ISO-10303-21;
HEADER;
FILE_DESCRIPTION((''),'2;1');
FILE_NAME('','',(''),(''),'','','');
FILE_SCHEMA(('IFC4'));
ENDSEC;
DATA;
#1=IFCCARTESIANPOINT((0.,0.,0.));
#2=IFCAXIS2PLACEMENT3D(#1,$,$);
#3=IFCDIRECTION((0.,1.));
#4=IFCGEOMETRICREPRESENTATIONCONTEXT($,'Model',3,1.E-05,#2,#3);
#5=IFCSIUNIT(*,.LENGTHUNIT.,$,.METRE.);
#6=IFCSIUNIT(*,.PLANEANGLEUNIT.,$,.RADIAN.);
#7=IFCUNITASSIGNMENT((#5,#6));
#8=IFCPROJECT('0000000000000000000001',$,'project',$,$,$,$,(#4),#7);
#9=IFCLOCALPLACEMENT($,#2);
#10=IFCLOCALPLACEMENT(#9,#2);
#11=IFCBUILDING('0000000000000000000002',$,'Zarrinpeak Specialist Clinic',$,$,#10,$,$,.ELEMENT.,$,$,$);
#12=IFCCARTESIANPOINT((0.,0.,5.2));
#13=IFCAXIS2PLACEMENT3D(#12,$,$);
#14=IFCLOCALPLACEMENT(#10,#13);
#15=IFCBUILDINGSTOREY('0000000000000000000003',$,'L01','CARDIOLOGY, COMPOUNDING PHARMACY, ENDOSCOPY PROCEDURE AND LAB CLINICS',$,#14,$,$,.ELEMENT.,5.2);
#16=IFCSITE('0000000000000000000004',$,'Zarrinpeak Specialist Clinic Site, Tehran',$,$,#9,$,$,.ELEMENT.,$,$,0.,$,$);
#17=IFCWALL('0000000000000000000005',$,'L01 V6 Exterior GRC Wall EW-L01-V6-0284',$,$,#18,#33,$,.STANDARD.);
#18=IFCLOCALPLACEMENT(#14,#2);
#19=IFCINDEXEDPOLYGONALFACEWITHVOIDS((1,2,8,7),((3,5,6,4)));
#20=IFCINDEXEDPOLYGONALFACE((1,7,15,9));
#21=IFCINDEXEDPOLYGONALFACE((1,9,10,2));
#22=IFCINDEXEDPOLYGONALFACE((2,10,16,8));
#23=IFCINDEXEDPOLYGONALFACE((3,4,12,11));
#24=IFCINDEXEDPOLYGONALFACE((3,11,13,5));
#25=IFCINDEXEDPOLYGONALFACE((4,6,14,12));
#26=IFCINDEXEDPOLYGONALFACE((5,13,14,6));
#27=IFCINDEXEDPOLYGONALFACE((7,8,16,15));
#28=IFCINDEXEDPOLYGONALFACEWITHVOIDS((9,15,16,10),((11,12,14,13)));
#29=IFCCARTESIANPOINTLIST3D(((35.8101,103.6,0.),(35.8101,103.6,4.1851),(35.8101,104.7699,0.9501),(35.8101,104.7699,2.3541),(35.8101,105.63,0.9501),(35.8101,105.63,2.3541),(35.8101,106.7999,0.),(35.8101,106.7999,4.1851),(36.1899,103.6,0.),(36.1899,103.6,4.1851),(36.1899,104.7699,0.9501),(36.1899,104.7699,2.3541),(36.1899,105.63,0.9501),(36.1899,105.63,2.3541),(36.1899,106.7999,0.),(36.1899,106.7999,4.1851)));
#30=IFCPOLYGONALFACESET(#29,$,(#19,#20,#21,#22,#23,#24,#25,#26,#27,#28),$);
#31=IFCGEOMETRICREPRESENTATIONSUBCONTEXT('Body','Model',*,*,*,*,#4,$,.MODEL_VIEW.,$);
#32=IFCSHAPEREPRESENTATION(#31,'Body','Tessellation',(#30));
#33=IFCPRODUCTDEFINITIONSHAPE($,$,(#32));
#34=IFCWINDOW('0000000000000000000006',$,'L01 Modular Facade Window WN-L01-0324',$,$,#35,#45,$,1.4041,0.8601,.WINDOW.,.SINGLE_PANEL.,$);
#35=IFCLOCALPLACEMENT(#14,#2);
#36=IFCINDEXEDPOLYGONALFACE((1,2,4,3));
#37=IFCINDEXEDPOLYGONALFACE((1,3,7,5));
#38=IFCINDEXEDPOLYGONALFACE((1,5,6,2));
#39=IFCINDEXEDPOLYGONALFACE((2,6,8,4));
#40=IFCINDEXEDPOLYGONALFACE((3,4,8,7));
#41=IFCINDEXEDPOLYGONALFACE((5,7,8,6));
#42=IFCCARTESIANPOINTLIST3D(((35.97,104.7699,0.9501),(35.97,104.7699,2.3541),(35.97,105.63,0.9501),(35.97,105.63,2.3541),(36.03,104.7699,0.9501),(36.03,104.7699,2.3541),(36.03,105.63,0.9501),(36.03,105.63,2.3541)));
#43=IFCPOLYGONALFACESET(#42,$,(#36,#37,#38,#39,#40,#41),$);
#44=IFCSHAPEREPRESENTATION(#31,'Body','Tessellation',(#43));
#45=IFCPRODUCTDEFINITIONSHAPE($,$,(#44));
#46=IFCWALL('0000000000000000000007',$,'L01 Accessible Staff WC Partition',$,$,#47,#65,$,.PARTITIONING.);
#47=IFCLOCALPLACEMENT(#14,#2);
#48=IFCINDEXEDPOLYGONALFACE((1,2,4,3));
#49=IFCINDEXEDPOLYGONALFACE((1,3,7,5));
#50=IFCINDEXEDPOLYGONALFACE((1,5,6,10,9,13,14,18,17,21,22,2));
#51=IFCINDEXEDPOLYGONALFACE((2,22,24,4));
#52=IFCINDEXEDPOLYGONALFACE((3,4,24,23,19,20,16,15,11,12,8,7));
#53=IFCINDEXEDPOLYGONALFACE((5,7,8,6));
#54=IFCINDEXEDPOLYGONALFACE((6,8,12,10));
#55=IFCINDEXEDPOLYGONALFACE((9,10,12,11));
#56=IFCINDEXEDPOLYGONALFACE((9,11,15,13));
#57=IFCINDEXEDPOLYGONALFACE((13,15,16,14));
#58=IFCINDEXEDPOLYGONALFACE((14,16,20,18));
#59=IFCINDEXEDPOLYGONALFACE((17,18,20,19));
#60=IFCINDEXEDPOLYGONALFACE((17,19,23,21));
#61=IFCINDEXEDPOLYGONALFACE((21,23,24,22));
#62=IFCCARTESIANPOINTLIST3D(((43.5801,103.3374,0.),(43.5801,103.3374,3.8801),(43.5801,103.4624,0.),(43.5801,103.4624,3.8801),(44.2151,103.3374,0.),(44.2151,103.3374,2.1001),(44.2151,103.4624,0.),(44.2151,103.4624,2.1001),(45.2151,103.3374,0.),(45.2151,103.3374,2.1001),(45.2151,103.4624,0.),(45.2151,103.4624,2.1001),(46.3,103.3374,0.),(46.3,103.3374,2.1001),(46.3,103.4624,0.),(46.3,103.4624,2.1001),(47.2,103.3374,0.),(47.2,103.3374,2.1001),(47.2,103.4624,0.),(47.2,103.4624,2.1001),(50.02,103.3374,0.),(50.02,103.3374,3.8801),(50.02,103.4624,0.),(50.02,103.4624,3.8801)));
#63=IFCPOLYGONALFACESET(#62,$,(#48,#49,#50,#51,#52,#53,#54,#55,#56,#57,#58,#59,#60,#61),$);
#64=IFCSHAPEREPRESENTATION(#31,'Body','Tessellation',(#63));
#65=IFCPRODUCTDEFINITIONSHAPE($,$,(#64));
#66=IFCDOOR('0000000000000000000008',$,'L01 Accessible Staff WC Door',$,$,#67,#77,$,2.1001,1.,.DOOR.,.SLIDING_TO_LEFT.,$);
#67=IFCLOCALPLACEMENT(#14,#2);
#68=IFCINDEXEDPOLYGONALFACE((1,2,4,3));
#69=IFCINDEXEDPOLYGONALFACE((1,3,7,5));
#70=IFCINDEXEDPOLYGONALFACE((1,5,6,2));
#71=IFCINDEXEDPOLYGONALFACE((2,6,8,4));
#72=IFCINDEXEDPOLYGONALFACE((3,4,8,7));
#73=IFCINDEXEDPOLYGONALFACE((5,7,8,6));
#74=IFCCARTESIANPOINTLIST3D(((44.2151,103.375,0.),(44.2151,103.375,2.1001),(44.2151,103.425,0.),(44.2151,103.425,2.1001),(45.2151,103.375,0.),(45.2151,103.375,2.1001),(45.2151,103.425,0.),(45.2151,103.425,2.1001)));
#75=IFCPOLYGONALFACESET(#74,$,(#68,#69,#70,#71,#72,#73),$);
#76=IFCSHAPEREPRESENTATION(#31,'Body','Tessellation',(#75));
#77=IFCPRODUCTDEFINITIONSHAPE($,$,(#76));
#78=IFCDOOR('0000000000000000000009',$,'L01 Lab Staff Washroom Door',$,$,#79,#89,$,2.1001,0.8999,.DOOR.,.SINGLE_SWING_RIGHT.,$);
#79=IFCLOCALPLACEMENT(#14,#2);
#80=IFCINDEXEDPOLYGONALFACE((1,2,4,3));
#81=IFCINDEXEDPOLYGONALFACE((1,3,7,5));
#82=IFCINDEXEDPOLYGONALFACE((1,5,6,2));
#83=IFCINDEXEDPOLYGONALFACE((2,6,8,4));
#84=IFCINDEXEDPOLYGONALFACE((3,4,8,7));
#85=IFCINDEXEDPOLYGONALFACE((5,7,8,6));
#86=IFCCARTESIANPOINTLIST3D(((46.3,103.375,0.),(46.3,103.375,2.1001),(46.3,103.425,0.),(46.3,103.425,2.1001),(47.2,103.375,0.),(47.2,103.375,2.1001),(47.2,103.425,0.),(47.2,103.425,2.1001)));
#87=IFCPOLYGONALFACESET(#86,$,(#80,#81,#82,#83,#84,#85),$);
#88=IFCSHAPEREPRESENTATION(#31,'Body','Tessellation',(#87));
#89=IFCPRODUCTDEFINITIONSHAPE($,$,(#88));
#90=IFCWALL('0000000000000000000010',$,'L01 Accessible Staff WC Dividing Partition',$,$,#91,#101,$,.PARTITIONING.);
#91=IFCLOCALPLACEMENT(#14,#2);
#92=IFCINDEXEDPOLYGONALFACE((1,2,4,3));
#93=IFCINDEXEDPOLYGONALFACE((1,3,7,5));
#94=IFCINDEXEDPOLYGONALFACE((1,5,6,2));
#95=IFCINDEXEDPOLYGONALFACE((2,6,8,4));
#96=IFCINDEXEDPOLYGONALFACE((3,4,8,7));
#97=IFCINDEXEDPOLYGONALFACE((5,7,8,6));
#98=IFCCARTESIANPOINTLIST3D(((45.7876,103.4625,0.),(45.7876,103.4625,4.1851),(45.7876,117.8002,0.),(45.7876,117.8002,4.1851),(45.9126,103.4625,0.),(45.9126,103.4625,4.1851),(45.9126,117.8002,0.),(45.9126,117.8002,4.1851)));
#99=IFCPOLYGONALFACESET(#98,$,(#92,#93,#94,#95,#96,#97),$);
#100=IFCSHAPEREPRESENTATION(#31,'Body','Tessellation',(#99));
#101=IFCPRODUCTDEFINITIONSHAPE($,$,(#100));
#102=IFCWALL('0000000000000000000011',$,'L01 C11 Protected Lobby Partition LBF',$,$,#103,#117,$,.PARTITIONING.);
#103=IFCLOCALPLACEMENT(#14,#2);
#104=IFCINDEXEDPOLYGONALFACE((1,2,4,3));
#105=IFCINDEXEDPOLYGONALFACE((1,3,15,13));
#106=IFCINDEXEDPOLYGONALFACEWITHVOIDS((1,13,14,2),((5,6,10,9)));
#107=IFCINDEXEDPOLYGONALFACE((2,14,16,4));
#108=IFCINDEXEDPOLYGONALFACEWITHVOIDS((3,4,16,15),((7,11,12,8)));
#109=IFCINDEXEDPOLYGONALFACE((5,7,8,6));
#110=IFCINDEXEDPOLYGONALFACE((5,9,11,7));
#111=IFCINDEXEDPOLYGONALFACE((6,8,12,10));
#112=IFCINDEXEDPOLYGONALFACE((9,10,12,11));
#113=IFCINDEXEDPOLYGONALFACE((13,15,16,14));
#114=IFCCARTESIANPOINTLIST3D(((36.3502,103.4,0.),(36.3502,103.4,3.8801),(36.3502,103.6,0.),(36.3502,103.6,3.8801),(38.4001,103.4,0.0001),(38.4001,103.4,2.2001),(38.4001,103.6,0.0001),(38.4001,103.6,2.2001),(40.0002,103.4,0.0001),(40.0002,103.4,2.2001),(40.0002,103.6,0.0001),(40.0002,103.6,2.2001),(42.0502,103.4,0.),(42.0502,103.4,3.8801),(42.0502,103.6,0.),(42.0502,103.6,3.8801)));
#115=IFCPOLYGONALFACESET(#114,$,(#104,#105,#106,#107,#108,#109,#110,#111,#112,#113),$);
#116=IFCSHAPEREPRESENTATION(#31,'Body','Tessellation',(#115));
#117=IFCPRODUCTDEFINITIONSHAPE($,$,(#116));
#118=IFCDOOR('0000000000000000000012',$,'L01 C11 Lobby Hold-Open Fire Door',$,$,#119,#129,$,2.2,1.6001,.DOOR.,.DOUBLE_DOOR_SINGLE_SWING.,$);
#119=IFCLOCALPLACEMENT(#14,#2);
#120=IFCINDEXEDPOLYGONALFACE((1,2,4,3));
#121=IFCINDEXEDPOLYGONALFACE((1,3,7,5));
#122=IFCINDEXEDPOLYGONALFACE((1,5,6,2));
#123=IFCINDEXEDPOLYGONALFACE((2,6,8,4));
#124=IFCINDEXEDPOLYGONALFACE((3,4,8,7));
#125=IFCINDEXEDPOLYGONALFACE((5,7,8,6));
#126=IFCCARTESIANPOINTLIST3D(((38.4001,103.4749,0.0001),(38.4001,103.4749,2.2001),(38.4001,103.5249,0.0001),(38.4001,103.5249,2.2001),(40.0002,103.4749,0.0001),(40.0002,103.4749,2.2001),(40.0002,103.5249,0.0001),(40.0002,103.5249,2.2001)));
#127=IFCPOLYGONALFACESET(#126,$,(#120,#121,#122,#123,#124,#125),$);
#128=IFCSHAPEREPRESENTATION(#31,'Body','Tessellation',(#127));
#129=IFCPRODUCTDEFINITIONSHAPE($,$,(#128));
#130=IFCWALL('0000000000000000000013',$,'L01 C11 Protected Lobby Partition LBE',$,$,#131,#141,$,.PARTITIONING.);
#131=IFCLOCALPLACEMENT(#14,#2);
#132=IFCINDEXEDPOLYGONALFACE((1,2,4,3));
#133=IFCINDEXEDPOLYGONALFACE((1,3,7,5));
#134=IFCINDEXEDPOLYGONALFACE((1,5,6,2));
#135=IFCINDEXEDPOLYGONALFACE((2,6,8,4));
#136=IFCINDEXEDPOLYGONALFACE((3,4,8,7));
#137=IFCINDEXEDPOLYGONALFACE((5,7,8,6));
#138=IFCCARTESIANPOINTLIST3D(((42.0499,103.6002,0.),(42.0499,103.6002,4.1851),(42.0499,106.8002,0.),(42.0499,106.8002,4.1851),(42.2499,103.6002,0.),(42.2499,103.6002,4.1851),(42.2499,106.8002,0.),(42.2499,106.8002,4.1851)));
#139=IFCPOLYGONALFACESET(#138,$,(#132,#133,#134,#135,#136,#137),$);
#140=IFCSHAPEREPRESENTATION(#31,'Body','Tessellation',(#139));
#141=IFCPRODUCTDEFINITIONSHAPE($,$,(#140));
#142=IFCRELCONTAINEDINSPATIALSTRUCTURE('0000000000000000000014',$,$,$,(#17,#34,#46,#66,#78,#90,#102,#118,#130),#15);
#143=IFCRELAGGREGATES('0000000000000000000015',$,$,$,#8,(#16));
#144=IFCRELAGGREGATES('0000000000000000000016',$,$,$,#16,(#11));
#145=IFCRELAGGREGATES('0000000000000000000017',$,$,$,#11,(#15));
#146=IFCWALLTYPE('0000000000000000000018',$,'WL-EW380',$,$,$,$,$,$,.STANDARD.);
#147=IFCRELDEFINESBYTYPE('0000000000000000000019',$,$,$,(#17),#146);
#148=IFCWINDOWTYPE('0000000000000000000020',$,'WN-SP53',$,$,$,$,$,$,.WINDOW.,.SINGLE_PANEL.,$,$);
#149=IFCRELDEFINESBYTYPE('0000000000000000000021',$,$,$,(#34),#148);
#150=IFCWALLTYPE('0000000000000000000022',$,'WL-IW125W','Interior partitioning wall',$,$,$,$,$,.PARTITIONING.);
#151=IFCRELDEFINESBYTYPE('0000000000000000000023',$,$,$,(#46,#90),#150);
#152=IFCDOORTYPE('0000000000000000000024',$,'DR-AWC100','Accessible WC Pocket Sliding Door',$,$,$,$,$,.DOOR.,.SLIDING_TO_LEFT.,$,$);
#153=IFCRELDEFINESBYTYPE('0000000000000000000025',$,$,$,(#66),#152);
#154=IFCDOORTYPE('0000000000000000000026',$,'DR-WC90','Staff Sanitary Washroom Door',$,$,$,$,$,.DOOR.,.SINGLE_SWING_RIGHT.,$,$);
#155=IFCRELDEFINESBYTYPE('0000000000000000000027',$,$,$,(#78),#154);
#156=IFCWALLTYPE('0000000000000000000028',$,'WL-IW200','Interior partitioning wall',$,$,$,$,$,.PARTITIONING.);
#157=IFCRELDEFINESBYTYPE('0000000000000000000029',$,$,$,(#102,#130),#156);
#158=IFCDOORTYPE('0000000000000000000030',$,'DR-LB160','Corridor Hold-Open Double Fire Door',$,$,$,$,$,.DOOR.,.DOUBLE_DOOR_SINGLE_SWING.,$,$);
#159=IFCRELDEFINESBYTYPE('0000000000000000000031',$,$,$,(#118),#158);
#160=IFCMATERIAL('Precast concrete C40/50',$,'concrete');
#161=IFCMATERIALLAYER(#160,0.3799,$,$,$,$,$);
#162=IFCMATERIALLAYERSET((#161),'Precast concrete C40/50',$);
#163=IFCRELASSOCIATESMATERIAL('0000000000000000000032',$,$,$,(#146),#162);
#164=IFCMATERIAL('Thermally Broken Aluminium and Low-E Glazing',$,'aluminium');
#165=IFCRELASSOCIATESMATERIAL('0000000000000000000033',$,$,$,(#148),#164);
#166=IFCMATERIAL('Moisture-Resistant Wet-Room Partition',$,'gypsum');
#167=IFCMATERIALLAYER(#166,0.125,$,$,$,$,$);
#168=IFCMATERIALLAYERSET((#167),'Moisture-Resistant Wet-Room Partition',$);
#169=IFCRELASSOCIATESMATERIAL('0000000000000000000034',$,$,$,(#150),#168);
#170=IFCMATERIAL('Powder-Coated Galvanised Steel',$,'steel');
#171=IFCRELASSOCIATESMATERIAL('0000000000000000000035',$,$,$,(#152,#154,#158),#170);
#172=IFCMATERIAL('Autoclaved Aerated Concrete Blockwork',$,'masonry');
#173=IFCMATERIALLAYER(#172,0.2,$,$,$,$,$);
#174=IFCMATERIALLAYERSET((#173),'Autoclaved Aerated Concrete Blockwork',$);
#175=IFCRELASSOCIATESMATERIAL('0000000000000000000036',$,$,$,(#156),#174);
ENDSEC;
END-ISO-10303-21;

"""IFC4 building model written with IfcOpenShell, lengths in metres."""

from ifc_helpers import new_model, si_unit, direction, frame, frame_2d, origin, place, context, subcontext, project, spatial, rectangle, extrude, material, layer, layer_set, type_object, element, fill, save


model = new_model("IFC4")

# Units and contexts
model_context = context("Model", 3, precision=1e-05, world=origin(), true_north=direction((0.0, 1.0)))
body_context = subcontext(model_context, "Body", "Model", "MODEL_VIEW")
ifc_project = project(units=[si_unit("LENGTHUNIT", "METRE"), si_unit("PLANEANGLEUNIT", "RADIAN")], contexts=[model_context])

# Site, building, storey
site_placement = place(None, origin())
site = spatial("IfcSite", under=ifc_project, at=site_placement, Name="Zarrinpeak Specialist Clinic Site, Tehran", CompositionType="ELEMENT", RefElevation=0.0)
building_placement = place(site_placement, origin())
building = spatial("IfcBuilding", under=site, at=building_placement, Name="Zarrinpeak Specialist Clinic", CompositionType="ELEMENT")
storey_placement = place(building_placement, frame((0.0, 0.0, 5.2)))
storey = spatial("IfcBuildingStorey", under=building, at=storey_placement, Name="L01", Description="CARDIOLOGY, COMPOUNDING PHARMACY, ENDOSCOPY PROCEDURE AND LAB CLINICS", CompositionType="ELEMENT", Elevation=5.2)

# Shared definitions
ifc_material_1 = material(Name="Powder-Coated Galvanised Steel", Category="steel")

# Wall, opening, window
ifc_material_2 = material(Name="Precast concrete C40/50", Category="concrete")
ifc_layer_1 = layer(ifc_material_2, 0.3799)
ifc_layer_set_1 = layer_set([ifc_layer_1], Name="Precast concrete C40/50")
wall_type_1 = type_object("IfcWallType", Name="WL-EW380", PredefinedType="STANDARD", material=ifc_layer_set_1)
wall_1_placement = place(storey_placement, frame((36.0, 106.8, 0.0), z_axis=(0.0, 0.0, 1.0), x_axis=(0.0, -1.0, 0.0)))
wall_1 = element("IfcWall", 1, at=wall_1_placement, inside=storey, type_object=wall_type_1, Name="L01 V6 Exterior GRC Wall EW-L01-V6-0284", PredefinedType="STANDARD", context=body_context, shape_type="SweptSolid", body=[
    extrude(rectangle(XDim=3.2, YDim=0.3799, at=frame_2d((1.6001, 0.0))), origin(), (0.0, 0.0, 1.0), 4.1851),
])
opening_1_placement = place(wall_1_placement, frame((1.1699, 0.0, 0.95)))
opening_1 = element("IfcOpeningElement", 2, at=opening_1_placement, cuts=wall_1, PredefinedType="OPENING", context=body_context, shape_type="SweptSolid", body=[
    extrude(rectangle(XDim=0.8601, YDim=1.4041, at=frame_2d((0.4302, 0.7021))), frame((0.0, 0.2, 0.0), z_axis=(0.0, -1.0, 0.0), x_axis=(1.0, 0.0, 0.0)), (0.0, 0.0, 1.0), 0.3999),
])
ifc_material_3 = material(Name="Thermally Broken Aluminium and Low-E Glazing", Category="aluminium")
window_type = type_object("IfcWindowType", Name="WN-SP53", PartitioningType="SINGLE_PANEL", PredefinedType="WINDOW", material=ifc_material_3)
window_placement = place(opening_1_placement, origin())
window = element("IfcWindow", 3, at=window_placement, inside=storey, type_object=window_type, Name="L01 Modular Facade Window WN-L01-0324", OverallHeight=1.4041, OverallWidth=0.8601, PartitioningType="SINGLE_PANEL", PredefinedType="WINDOW", context=body_context, shape_type="SweptSolid", body=[
    extrude(rectangle(XDim=0.8601, YDim=1.4041, at=frame_2d((0.4302, 0.7021))), frame((0.0, 0.03, 0.0), z_axis=(0.0, -1.0, 0.0), x_axis=(1.0, 0.0, 0.0)), (0.0, 0.0, 1.0), 0.0601),
])
fill(opening_1, window)

# Wall, openings, doors
ifc_material_4 = material(Name="Moisture-Resistant Wet-Room Partition", Category="gypsum")
ifc_layer_2 = layer(ifc_material_4, 0.125)
ifc_layer_set_2 = layer_set([ifc_layer_2], Name="Moisture-Resistant Wet-Room Partition")
wall_type_2 = type_object("IfcWallType", Name="WL-IW125W", Description="Interior partitioning wall", PredefinedType="PARTITIONING", material=ifc_layer_set_2)
wall_2_placement = place(storey_placement, frame((43.5801, 103.3999, 0.0), z_axis=(0.0, 0.0, 1.0), x_axis=(1.0, 0.0, 0.0)))
wall_2 = element("IfcWall", 4, at=wall_2_placement, inside=storey, type_object=wall_type_2, Name="L01 Accessible Staff WC Partition", PredefinedType="PARTITIONING", context=body_context, shape_type="SweptSolid", body=[
    extrude(rectangle(XDim=6.4399, YDim=0.125, at=frame_2d((3.22, 0.0))), origin(), (0.0, 0.0, 1.0), 3.8801),
])
opening_2_placement = place(wall_2_placement, frame((0.635, 0.0, 0.0)))
opening_2 = element("IfcOpeningElement", 5, at=opening_2_placement, cuts=wall_2, PredefinedType="OPENING", context=body_context, shape_type="SweptSolid", body=[
    extrude(rectangle(XDim=1.0, YDim=2.1001, at=frame_2d((0.5, 1.05))), frame((0.0, 0.0725, 0.0), z_axis=(0.0, -1.0, 0.0), x_axis=(1.0, 0.0, 0.0)), (0.0, 0.0, 1.0), 0.145),
])
opening_3_placement = place(wall_2_placement, frame((2.72, 0.0, 0.0)))
opening_3 = element("IfcOpeningElement", 6, at=opening_3_placement, cuts=wall_2, PredefinedType="OPENING", context=body_context, shape_type="SweptSolid", body=[
    extrude(rectangle(XDim=0.8999, YDim=2.1001, at=frame_2d((0.45, 1.05))), frame((0.0, 0.0725, 0.0), z_axis=(0.0, -1.0, 0.0), x_axis=(1.0, 0.0, 0.0)), (0.0, 0.0, 1.0), 0.145),
])
door_type_1 = type_object("IfcDoorType", Name="DR-AWC100", Description="Accessible WC Pocket Sliding Door", OperationType="SLIDING_TO_LEFT", PredefinedType="DOOR", material=ifc_material_1)
door_1_placement = place(opening_2_placement, frame((1.0, 0.0, 0.0), z_axis=(0.0, 0.0, 1.0), x_axis=(-1.0, 0.0, 0.0)))
door_1 = element("IfcDoor", 7, at=door_1_placement, inside=storey, type_object=door_type_1, Name="L01 Accessible Staff WC Door", OperationType="SLIDING_TO_LEFT", OverallHeight=2.1001, OverallWidth=1.0, PredefinedType="DOOR", context=body_context, shape_type="SweptSolid", body=[
    extrude(rectangle(XDim=1.0, YDim=2.1001, at=frame_2d((0.5, 1.05))), frame((0.0, 0.0249, 0.0), z_axis=(0.0, -1.0, 0.0), x_axis=(1.0, 0.0, 0.0)), (0.0, 0.0, 1.0), 0.05),
])
fill(opening_2, door_1)
door_type_2 = type_object("IfcDoorType", Name="DR-WC90", Description="Staff Sanitary Washroom Door", OperationType="SINGLE_SWING_RIGHT", PredefinedType="DOOR", material=ifc_material_1)
door_2_placement = place(opening_3_placement, frame((0.8999, 0.0, 0.0), z_axis=(0.0, 0.0, 1.0), x_axis=(-1.0, 0.0, 0.0)))
door_2 = element("IfcDoor", 8, at=door_2_placement, inside=storey, type_object=door_type_2, Name="L01 Lab Staff Washroom Door", OperationType="SINGLE_SWING_RIGHT", OverallHeight=2.1001, OverallWidth=0.8999, PredefinedType="DOOR", context=body_context, shape_type="SweptSolid", body=[
    extrude(rectangle(XDim=0.8999, YDim=2.1001, at=frame_2d((0.45, 1.05))), frame((0.0, 0.0249, 0.0), z_axis=(0.0, -1.0, 0.0), x_axis=(1.0, 0.0, 0.0)), (0.0, 0.0, 1.0), 0.05),
])
fill(opening_3, door_2)

# Wall
wall_3_placement = place(storey_placement, frame((45.8501, 103.4624, 0.0), z_axis=(0.0, 0.0, 1.0), x_axis=(0.0, 1.0, 0.0)))
element("IfcWall", 9, at=wall_3_placement, inside=storey, type_object=wall_type_2, Name="L01 Accessible Staff WC Dividing Partition", PredefinedType="PARTITIONING", context=body_context, shape_type="SweptSolid", body=[
    extrude(rectangle(XDim=14.3376, YDim=0.125, at=frame_2d((7.1689, 0.0))), origin(), (0.0, 0.0, 1.0), 4.1851),
])

# Wall, opening, door
ifc_material_5 = material(Name="Autoclaved Aerated Concrete Blockwork", Category="masonry")
ifc_layer_3 = layer(ifc_material_5, 0.2)
ifc_layer_set_3 = layer_set([ifc_layer_3], Name="Autoclaved Aerated Concrete Blockwork")
wall_type_3 = type_object("IfcWallType", Name="WL-IW200", Description="Interior partitioning wall", PredefinedType="PARTITIONING", material=ifc_layer_set_3)
wall_4_placement = place(storey_placement, frame((36.3501, 103.5, 0.0), z_axis=(0.0, 0.0, 1.0), x_axis=(1.0, 0.0, 0.0)))
wall_4 = element("IfcWall", 10, at=wall_4_placement, inside=storey, type_object=wall_type_3, Name="L01 C11 Protected Lobby Partition LBF", PredefinedType="PARTITIONING", context=body_context, shape_type="SweptSolid", body=[
    extrude(rectangle(XDim=5.7, YDim=0.2, at=frame_2d((2.8501, 0.0))), origin(), (0.0, 0.0, 1.0), 3.8801),
])
opening_4_placement = place(wall_4_placement, frame((2.05, 0.0, 0.0)))
opening_4 = element("IfcOpeningElement", 11, at=opening_4_placement, cuts=wall_4, PredefinedType="OPENING", context=body_context, shape_type="SweptSolid", body=[
    extrude(rectangle(XDim=1.6001, YDim=2.2, at=frame_2d((0.8, 1.1001))), frame((0.0, 0.1099, 0.0), z_axis=(0.0, -1.0, 0.0), x_axis=(1.0, 0.0, 0.0)), (0.0, 0.0, 1.0), 0.22),
])
door_type_3 = type_object("IfcDoorType", Name="DR-LB160", Description="Corridor Hold-Open Double Fire Door", OperationType="DOUBLE_DOOR_SINGLE_SWING", PredefinedType="DOOR", material=ifc_material_1)
door_3_placement = place(opening_4_placement, origin())
door_3 = element("IfcDoor", 12, at=door_3_placement, inside=storey, type_object=door_type_3, Name="L01 C11 Lobby Hold-Open Fire Door", OperationType="DOUBLE_DOOR_SINGLE_SWING", OverallHeight=2.2, OverallWidth=1.6001, PredefinedType="DOOR", context=body_context, shape_type="SweptSolid", body=[
    extrude(rectangle(XDim=1.6001, YDim=2.2, at=frame_2d((0.8, 1.1001))), frame((0.0, 0.0249, 0.0), z_axis=(0.0, -1.0, 0.0), x_axis=(1.0, 0.0, 0.0)), (0.0, 0.0, 1.0), 0.05),
])
fill(opening_4, door_3)

# Wall
wall_5_placement = place(storey_placement, frame((42.1499, 103.6001, 0.0), z_axis=(0.0, 0.0, 1.0), x_axis=(0.0, 1.0, 0.0)))
element("IfcWall", 13, at=wall_5_placement, inside=storey, type_object=wall_type_3, Name="L01 C11 Protected Lobby Partition LBE", PredefinedType="PARTITIONING", context=body_context, shape_type="SweptSolid", body=[
    extrude(rectangle(XDim=3.2, YDim=0.2, at=frame_2d((1.6001, 0.0))), origin(), (0.0, 0.0, 1.0), 4.1851),
])

save(model, "model.ifc")
